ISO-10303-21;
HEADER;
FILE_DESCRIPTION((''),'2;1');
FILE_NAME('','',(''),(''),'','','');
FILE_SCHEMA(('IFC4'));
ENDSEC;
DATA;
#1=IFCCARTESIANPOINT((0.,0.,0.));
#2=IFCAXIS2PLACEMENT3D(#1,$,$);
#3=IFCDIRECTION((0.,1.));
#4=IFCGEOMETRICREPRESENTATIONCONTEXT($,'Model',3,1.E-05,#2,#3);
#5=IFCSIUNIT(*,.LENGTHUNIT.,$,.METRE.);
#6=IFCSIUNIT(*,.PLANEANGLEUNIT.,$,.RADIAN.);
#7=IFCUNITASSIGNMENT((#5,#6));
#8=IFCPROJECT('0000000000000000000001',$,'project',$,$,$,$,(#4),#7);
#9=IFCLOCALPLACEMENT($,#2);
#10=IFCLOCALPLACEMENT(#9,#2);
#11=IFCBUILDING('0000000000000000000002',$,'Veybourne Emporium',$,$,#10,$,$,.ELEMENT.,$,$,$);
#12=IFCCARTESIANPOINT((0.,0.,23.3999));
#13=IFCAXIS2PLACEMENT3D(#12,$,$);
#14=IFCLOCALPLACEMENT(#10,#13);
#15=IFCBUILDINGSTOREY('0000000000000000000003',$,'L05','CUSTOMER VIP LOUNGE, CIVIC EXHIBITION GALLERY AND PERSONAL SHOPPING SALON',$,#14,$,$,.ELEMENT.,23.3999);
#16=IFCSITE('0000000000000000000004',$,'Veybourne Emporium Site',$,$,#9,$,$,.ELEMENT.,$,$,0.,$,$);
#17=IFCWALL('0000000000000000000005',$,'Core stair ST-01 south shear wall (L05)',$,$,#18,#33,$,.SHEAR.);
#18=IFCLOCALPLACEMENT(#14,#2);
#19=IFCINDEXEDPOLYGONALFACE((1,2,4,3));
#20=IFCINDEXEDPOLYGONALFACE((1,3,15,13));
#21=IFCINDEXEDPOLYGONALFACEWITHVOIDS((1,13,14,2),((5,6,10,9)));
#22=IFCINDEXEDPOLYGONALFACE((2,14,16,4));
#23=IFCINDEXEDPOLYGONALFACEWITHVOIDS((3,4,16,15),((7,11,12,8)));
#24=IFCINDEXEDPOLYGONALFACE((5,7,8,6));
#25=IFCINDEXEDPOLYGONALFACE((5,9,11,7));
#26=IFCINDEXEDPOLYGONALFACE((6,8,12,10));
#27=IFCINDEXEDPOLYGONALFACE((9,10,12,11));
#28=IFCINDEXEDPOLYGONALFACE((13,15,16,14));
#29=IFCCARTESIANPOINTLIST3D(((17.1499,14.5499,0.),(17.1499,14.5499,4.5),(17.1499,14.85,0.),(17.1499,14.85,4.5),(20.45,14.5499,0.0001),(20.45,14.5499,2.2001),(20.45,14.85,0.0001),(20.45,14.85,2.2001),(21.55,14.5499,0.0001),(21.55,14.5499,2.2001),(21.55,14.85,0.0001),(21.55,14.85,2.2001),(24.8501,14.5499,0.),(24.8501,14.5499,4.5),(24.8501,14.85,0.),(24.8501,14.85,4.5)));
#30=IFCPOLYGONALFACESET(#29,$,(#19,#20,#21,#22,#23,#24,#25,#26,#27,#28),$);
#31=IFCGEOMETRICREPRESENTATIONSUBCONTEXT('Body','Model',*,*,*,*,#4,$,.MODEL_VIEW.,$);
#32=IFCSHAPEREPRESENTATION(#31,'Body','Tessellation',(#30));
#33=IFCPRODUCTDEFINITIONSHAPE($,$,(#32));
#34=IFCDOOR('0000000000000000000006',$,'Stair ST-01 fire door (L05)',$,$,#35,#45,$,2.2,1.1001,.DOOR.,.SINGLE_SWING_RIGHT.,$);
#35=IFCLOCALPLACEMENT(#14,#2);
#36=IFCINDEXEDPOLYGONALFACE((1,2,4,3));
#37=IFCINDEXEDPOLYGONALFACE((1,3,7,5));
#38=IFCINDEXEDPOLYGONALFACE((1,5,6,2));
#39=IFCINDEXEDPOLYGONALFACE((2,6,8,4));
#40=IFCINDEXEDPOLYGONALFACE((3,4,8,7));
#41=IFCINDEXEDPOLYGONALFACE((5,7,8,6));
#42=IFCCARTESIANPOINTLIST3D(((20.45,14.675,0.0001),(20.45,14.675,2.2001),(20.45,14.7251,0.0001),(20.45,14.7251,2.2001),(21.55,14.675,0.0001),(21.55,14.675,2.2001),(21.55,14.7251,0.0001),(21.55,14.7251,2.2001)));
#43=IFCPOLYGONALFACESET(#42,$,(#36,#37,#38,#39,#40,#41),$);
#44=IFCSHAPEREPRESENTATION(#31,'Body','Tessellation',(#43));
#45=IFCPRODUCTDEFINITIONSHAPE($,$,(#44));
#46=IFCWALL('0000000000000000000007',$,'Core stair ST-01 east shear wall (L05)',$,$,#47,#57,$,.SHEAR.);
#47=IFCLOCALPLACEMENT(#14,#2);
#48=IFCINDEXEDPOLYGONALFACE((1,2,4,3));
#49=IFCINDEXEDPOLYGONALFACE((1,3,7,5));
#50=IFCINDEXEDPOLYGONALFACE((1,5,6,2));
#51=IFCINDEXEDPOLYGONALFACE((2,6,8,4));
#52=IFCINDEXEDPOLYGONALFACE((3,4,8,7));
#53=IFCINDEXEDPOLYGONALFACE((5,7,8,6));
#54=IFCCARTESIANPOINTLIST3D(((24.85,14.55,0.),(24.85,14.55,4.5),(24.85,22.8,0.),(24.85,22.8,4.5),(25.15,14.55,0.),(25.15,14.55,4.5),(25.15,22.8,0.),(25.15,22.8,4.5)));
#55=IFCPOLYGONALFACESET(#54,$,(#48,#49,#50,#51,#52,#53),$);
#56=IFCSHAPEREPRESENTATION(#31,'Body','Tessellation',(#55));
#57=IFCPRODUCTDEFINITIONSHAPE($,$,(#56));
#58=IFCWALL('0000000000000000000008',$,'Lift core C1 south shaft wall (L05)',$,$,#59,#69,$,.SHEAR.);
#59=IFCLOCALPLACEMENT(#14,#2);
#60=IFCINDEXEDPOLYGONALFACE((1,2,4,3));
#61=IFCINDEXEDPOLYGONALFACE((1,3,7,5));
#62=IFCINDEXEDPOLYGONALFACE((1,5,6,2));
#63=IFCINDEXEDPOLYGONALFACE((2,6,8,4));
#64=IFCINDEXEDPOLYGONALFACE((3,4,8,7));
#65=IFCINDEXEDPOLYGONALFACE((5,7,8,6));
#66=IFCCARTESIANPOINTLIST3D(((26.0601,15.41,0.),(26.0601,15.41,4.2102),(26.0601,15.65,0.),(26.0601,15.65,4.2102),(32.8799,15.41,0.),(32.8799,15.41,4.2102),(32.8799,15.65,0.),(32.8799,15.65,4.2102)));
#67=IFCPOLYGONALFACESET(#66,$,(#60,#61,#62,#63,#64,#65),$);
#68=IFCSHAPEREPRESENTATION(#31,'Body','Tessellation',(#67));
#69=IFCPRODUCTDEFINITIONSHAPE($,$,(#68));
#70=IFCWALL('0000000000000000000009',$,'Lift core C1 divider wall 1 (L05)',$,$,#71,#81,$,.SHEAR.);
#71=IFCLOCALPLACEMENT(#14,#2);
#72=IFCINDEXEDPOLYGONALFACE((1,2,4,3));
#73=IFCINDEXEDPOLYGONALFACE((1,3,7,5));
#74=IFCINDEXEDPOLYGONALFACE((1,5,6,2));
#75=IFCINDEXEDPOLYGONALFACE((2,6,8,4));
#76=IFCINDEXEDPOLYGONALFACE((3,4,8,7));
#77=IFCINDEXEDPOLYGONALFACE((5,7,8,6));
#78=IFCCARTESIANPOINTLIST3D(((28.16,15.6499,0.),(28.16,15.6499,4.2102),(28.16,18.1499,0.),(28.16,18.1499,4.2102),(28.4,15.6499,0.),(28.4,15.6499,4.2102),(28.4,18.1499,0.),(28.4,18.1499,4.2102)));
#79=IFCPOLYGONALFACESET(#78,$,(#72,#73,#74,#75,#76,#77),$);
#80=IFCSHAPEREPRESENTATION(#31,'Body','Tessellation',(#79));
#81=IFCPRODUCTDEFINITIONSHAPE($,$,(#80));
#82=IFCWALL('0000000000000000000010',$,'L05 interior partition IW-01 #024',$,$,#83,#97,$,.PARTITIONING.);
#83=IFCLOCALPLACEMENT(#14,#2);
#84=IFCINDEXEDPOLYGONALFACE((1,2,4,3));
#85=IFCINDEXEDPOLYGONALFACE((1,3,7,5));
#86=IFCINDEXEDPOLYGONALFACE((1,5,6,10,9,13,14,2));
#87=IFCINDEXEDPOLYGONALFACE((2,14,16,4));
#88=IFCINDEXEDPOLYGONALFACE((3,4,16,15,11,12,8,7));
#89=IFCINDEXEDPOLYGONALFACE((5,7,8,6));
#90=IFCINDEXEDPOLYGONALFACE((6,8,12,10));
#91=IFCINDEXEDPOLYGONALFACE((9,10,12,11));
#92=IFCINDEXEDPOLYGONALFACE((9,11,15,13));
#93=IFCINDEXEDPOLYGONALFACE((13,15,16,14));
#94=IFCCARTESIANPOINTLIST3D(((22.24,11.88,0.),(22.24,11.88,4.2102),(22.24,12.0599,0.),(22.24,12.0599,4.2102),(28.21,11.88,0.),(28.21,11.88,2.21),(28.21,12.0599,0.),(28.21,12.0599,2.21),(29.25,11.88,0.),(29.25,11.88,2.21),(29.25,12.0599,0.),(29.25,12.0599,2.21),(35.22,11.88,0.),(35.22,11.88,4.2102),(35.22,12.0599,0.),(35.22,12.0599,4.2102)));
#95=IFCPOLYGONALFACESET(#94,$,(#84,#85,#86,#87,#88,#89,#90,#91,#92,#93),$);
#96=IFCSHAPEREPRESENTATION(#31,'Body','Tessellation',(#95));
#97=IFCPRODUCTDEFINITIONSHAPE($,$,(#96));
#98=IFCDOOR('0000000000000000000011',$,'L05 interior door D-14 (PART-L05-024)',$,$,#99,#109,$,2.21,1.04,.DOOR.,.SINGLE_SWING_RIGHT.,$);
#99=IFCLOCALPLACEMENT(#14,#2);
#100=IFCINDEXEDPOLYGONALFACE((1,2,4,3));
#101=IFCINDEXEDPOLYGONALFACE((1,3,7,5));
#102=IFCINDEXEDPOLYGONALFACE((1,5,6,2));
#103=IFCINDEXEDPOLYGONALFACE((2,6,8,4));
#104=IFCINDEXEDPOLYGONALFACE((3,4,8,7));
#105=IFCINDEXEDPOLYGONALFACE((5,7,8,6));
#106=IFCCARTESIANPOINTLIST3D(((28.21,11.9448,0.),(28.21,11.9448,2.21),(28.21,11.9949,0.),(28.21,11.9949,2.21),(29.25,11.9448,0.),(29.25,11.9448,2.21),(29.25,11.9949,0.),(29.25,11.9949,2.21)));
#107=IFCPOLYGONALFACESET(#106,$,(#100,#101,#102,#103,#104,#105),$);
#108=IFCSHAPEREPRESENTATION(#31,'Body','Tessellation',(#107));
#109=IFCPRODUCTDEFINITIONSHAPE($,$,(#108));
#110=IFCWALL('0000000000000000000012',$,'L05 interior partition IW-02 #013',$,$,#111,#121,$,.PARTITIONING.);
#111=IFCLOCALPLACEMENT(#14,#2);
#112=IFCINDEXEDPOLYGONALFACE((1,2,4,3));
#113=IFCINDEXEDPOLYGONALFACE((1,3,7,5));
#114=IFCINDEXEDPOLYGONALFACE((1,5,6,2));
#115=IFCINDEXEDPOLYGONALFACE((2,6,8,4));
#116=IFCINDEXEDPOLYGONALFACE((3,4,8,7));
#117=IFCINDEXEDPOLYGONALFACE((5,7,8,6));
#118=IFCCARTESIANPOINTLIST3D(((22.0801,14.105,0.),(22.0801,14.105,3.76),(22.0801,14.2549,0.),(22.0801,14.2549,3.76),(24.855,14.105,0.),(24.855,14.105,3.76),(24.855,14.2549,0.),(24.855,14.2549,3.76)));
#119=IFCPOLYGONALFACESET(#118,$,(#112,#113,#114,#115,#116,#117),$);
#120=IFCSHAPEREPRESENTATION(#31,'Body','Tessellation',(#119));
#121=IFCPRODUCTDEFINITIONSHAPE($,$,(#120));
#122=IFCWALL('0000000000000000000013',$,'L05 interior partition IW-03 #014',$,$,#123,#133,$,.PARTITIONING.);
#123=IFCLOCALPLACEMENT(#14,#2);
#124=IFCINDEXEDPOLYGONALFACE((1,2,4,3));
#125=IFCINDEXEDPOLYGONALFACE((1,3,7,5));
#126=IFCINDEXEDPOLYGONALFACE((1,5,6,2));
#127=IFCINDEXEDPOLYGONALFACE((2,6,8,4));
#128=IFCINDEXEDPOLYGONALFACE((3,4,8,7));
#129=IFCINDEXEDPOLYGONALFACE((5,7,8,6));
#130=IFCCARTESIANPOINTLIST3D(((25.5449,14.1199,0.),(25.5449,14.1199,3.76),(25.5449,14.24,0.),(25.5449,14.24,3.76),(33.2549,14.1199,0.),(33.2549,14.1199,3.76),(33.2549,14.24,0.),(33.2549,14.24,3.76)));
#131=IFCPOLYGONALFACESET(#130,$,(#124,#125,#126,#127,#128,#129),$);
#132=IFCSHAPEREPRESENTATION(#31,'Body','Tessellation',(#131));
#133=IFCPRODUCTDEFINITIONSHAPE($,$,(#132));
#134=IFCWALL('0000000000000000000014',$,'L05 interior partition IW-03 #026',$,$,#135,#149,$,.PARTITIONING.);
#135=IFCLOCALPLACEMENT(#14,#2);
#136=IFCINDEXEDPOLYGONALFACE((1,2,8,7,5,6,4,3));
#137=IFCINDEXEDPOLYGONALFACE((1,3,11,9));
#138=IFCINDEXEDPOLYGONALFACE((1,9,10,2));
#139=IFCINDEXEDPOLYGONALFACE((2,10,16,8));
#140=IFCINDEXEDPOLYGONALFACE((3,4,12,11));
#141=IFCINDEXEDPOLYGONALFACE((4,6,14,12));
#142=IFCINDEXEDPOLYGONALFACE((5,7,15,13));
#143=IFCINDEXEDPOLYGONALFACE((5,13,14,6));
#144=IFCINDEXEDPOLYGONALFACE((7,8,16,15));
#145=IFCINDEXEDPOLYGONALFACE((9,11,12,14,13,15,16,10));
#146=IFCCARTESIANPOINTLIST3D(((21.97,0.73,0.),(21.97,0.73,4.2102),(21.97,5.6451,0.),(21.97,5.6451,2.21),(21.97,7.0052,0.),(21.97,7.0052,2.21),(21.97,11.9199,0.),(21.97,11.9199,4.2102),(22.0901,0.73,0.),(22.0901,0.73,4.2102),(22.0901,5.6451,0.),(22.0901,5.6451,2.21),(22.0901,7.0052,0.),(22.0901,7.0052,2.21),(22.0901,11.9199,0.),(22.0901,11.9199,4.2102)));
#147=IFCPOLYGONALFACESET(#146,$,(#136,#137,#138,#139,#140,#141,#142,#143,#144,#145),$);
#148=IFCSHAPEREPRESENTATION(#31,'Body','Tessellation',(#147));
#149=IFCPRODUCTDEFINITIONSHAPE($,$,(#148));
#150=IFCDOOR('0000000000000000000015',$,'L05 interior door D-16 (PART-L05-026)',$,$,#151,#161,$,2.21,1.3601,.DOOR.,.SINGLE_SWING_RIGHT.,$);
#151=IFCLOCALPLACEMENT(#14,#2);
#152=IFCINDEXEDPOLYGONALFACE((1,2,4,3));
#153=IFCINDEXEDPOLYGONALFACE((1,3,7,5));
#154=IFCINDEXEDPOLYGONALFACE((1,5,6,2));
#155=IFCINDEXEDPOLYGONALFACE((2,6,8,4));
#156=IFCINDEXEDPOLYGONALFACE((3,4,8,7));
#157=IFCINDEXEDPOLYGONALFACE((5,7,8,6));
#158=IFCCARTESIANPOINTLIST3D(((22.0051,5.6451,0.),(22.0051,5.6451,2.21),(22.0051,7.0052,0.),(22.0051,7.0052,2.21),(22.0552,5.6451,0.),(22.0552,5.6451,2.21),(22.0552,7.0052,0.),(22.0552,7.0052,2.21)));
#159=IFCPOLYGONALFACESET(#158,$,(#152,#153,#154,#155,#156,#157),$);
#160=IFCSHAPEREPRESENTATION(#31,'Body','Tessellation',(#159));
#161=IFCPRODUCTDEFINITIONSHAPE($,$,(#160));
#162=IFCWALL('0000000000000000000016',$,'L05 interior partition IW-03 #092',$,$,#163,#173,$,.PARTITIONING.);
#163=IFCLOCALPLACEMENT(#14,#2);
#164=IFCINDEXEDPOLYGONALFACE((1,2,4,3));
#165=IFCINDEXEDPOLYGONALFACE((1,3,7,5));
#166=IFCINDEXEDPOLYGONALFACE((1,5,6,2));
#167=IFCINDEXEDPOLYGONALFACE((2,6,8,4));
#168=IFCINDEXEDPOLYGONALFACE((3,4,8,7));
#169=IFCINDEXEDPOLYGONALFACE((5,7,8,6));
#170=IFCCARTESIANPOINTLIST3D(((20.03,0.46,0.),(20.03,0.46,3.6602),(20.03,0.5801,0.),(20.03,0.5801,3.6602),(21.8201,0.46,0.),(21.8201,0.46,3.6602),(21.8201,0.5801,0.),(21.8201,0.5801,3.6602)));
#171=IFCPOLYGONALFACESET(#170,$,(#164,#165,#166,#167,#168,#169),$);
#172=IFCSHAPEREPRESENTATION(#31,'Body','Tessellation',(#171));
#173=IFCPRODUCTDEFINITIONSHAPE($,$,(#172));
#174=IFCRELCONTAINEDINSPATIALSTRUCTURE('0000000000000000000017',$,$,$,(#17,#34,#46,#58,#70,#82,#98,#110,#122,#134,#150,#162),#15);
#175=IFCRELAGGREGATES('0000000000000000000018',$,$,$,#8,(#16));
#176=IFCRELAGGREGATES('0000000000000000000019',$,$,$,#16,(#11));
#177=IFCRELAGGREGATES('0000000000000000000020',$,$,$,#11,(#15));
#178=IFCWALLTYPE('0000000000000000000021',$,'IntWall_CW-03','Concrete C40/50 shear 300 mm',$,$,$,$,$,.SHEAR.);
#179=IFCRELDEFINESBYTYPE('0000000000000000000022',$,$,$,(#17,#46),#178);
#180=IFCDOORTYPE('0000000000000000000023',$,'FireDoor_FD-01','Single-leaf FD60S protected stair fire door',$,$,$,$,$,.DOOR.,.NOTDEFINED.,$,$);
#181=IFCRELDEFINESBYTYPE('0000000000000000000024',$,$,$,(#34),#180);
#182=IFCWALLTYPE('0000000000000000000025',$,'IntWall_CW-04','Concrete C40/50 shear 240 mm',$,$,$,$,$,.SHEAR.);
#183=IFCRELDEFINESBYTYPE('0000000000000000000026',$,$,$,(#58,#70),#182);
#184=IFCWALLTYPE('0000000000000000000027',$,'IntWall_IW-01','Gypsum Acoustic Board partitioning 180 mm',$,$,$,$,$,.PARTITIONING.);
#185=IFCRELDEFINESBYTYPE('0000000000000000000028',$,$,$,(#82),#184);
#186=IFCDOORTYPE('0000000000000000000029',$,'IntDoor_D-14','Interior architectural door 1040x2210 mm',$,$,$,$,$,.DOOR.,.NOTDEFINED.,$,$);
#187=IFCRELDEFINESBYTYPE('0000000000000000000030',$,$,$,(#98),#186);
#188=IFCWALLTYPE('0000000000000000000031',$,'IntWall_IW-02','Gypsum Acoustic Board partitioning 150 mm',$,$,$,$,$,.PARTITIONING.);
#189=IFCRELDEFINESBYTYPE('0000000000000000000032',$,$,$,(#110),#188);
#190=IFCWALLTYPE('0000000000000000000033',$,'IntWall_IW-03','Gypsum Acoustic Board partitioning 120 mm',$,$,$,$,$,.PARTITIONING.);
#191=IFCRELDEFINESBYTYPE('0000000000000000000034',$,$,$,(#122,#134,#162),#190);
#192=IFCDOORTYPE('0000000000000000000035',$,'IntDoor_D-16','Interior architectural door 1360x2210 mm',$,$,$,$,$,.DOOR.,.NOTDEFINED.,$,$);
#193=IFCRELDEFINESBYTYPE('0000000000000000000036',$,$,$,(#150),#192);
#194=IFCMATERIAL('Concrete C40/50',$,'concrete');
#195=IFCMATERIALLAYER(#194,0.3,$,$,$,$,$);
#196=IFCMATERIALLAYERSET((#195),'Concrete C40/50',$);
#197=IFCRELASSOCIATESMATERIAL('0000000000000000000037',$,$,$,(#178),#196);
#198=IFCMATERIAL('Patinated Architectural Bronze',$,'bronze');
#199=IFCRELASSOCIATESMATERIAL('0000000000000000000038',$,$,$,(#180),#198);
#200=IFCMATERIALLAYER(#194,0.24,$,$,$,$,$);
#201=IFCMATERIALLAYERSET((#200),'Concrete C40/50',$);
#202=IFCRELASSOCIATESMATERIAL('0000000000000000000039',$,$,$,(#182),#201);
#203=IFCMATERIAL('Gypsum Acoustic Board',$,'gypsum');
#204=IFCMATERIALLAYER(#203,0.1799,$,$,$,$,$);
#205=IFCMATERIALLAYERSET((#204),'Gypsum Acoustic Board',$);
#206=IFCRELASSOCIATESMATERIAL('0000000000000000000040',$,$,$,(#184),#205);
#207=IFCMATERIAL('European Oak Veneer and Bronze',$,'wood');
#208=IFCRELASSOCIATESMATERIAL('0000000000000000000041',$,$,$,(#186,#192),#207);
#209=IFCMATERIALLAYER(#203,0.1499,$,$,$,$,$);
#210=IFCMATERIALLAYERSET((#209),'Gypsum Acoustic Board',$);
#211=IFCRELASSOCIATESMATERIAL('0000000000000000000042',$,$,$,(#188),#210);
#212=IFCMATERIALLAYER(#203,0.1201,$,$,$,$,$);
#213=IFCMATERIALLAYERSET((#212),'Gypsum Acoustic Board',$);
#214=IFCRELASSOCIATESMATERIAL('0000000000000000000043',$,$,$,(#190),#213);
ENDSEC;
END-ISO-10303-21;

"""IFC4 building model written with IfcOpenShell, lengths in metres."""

from ifc_helpers import new_model, si_unit, direction, frame, frame_2d, origin, place, context, subcontext, project, spatial, rectangle, extrude, material, layer, layer_set, type_object, element, fill, save


model = new_model("IFC4")

# Units and contexts
model_context = context("Model", 3, precision=1e-05, world=origin(), true_north=direction((0.0, 1.0)))
body_context = subcontext(model_context, "Body", "Model", "MODEL_VIEW")
ifc_project = project(units=[si_unit("LENGTHUNIT", "METRE"), si_unit("PLANEANGLEUNIT", "RADIAN")], contexts=[model_context])

# Site, building, storey
site_placement = place(None, origin())
site = spatial("IfcSite", under=ifc_project, at=site_placement, Name="Veybourne Emporium Site", CompositionType="ELEMENT", RefElevation=0.0)
building_placement = place(site_placement, origin())
building = spatial("IfcBuilding", under=site, at=building_placement, Name="Veybourne Emporium", CompositionType="ELEMENT")
storey_placement = place(building_placement, frame((0.0, 0.0, 23.3999)))
storey = spatial("IfcBuildingStorey", under=building, at=storey_placement, Name="L05", Description="CUSTOMER VIP LOUNGE, CIVIC EXHIBITION GALLERY AND PERSONAL SHOPPING SALON", CompositionType="ELEMENT", Elevation=23.3999)

# Shared definitions
ifc_material_1 = material(Name="Concrete C40/50", Category="concrete")

# Wall, opening, door
ifc_layer_1 = layer(ifc_material_1, 0.3)
ifc_layer_set_1 = layer_set([ifc_layer_1], Name="Concrete C40/50")
wall_type_1 = type_object("IfcWallType", Name="IntWall_CW-03", Description="Concrete C40/50 shear 300 mm", PredefinedType="SHEAR", material=ifc_layer_set_1)
wall_1_placement = place(storey_placement, frame((24.8501, 14.7, 0.0), z_axis=(0.0, 0.0, 1.0), x_axis=(-1.0, 0.0, 0.0)))
wall_1 = element("IfcWall", 1, at=wall_1_placement, inside=storey, type_object=wall_type_1, Name="Core stair ST-01 south shear wall (L05)", PredefinedType="SHEAR", context=body_context, shape_type="SweptSolid", body=[
    extrude(rectangle(XDim=7.7002, YDim=0.3, at=frame_2d((3.8501, 0.0))), origin(), (0.0, 0.0, 1.0), 4.5),
])
opening_1_placement = place(wall_1_placement, frame((3.3, 0.0, 0.0)))
opening_1 = element("IfcOpeningElement", 2, at=opening_1_placement, cuts=wall_1, PredefinedType="OPENING", context=body_context, shape_type="SweptSolid", body=[
    extrude(rectangle(XDim=1.1001, YDim=2.2, at=frame_2d((0.55, 1.1001))), frame((0.0, 0.1699, 0.0), z_axis=(0.0, -1.0, 0.0), x_axis=(1.0, 0.0, 0.0)), (0.0, 0.0, 1.0), 0.3401),
])
ifc_material_2 = material(Name="Patinated Architectural Bronze", Category="bronze")
door_type_1 = type_object("IfcDoorType", Name="FireDoor_FD-01", Description="Single-leaf FD60S protected stair fire door", OperationType="NOTDEFINED", PredefinedType="DOOR", material=ifc_material_2)
door_1_placement = place(opening_1_placement, origin())
door_1 = element("IfcDoor", 3, at=door_1_placement, inside=storey, type_object=door_type_1, Name="Stair ST-01 fire door (L05)", OperationType="SINGLE_SWING_RIGHT", OverallHeight=2.2, OverallWidth=1.1001, PredefinedType="DOOR", context=body_context, shape_type="SweptSolid", body=[
    extrude(rectangle(XDim=1.1001, YDim=2.2, at=frame_2d((0.55, 1.1001))), frame((0.0, 0.0249, 0.0), z_axis=(0.0, -1.0, 0.0), x_axis=(1.0, 0.0, 0.0)), (0.0, 0.0, 1.0), 0.05),
])
fill(opening_1, door_1)

# Walls
wall_2_placement = place(storey_placement, frame((25.0, 14.55, 0.0), z_axis=(0.0, 0.0, 1.0), x_axis=(0.0, 1.0, 0.0)))
element("IfcWall", 4, at=wall_2_placement, inside=storey, type_object=wall_type_1, Name="Core stair ST-01 east shear wall (L05)", PredefinedType="SHEAR", context=body_context, shape_type="SweptSolid", body=[
    extrude(rectangle(XDim=8.25, YDim=0.3, at=frame_2d((4.125, 0.0))), origin(), (0.0, 0.0, 1.0), 4.5),
])
ifc_layer_2 = layer(ifc_material_1, 0.24)
ifc_layer_set_2 = layer_set([ifc_layer_2], Name="Concrete C40/50")
wall_type_2 = type_object("IfcWallType", Name="IntWall_CW-04", Description="Concrete C40/50 shear 240 mm", PredefinedType="SHEAR", material=ifc_layer_set_2)
wall_3_placement = place(storey_placement, frame((26.0601, 15.53, 0.0), z_axis=(0.0, 0.0, 1.0), x_axis=(1.0, 0.0, 0.0)))
element("IfcWall", 5, at=wall_3_placement, inside=storey, type_object=wall_type_2, Name="Lift core C1 south shaft wall (L05)", PredefinedType="SHEAR", context=body_context, shape_type="SweptSolid", body=[
    extrude(rectangle(XDim=6.8198, YDim=0.24, at=frame_2d((3.4099, 0.0))), origin(), (0.0, 0.0, 1.0), 4.2102),
])
wall_4_placement = place(storey_placement, frame((28.28, 15.6499, 0.0), z_axis=(0.0, 0.0, 1.0), x_axis=(0.0, 1.0, 0.0)))
element("IfcWall", 6, at=wall_4_placement, inside=storey, type_object=wall_type_2, Name="Lift core C1 divider wall 1 (L05)", PredefinedType="SHEAR", context=body_context, shape_type="SweptSolid", body=[
    extrude(rectangle(XDim=2.5, YDim=0.24, at=frame_2d((1.25, 0.0))), origin(), (0.0, 0.0, 1.0), 4.2102),
])

# Wall, opening, door
ifc_material_3 = material(Name="Gypsum Acoustic Board", Category="gypsum")
ifc_layer_3 = layer(ifc_material_3, 0.1799)
ifc_layer_set_3 = layer_set([ifc_layer_3], Name="Gypsum Acoustic Board")
wall_type_3 = type_object("IfcWallType", Name="IntWall_IW-01", Description="Gypsum Acoustic Board partitioning 180 mm", PredefinedType="PARTITIONING", material=ifc_layer_set_3)
wall_5_placement = place(storey_placement, frame((22.24, 11.97, 0.0), z_axis=(0.0, 0.0, 1.0), x_axis=(1.0, 0.0, 0.0)))
wall_5 = element("IfcWall", 7, at=wall_5_placement, inside=storey, type_object=wall_type_3, Name="L05 interior partition IW-01 #024", PredefinedType="PARTITIONING", context=body_context, shape_type="SweptSolid", body=[
    extrude(rectangle(XDim=12.98, YDim=0.1799, at=frame_2d((6.49, 0.0))), origin(), (0.0, 0.0, 1.0), 4.2102),
])
opening_2_placement = place(wall_5_placement, frame((5.97, 0.0, 0.0)))
opening_2 = element("IfcOpeningElement", 8, at=opening_2_placement, cuts=wall_5, PredefinedType="OPENING", context=body_context, shape_type="SweptSolid", body=[
    extrude(rectangle(XDim=1.04, YDim=2.21, at=frame_2d((0.52, 1.105))), frame((0.0, 0.1099, 0.0), z_axis=(0.0, -1.0, 0.0), x_axis=(1.0, 0.0, 0.0)), (0.0, 0.0, 1.0), 0.22),
])
ifc_material_4 = material(Name="European Oak Veneer and Bronze", Category="wood")
door_type_2 = type_object("IfcDoorType", Name="IntDoor_D-14", Description="Interior architectural door 1040x2210 mm", OperationType="NOTDEFINED", PredefinedType="DOOR", material=ifc_material_4)
door_2_placement = place(opening_2_placement, origin())
door_2 = element("IfcDoor", 9, at=door_2_placement, inside=storey, type_object=door_type_2, Name="L05 interior door D-14 (PART-L05-024)", OperationType="SINGLE_SWING_RIGHT", OverallHeight=2.21, OverallWidth=1.04, PredefinedType="DOOR", context=body_context, shape_type="SweptSolid", body=[
    extrude(rectangle(XDim=1.04, YDim=2.21, at=frame_2d((0.52, 1.105))), frame((0.0, 0.0249, 0.0), z_axis=(0.0, -1.0, 0.0), x_axis=(1.0, 0.0, 0.0)), (0.0, 0.0, 1.0), 0.05),
])
fill(opening_2, door_2)

# Walls
ifc_layer_4 = layer(ifc_material_3, 0.1499)
ifc_layer_set_4 = layer_set([ifc_layer_4], Name="Gypsum Acoustic Board")
wall_type_4 = type_object("IfcWallType", Name="IntWall_IW-02", Description="Gypsum Acoustic Board partitioning 150 mm", PredefinedType="PARTITIONING", material=ifc_layer_set_4)
wall_6_placement = place(storey_placement, frame((22.0801, 14.1799, 0.0), z_axis=(0.0, 0.0, 1.0), x_axis=(1.0, 0.0, 0.0)))
element("IfcWall", 10, at=wall_6_placement, inside=storey, type_object=wall_type_4, Name="L05 interior partition IW-02 #013", PredefinedType="PARTITIONING", context=body_context, shape_type="SweptSolid", body=[
    extrude(rectangle(XDim=2.7749, YDim=0.1499, at=frame_2d((1.3875, 0.0))), origin(), (0.0, 0.0, 1.0), 3.76),
])
ifc_layer_5 = layer(ifc_material_3, 0.1201)
ifc_layer_set_5 = layer_set([ifc_layer_5], Name="Gypsum Acoustic Board")
wall_type_5 = type_object("IfcWallType", Name="IntWall_IW-03", Description="Gypsum Acoustic Board partitioning 120 mm", PredefinedType="PARTITIONING", material=ifc_layer_set_5)
wall_7_placement = place(storey_placement, frame((25.5449, 14.1799, 0.0), z_axis=(0.0, 0.0, 1.0), x_axis=(1.0, 0.0, 0.0)))
element("IfcWall", 11, at=wall_7_placement, inside=storey, type_object=wall_type_5, Name="L05 interior partition IW-03 #014", PredefinedType="PARTITIONING", context=body_context, shape_type="SweptSolid", body=[
    extrude(rectangle(XDim=7.71, YDim=0.1201, at=frame_2d((3.855, 0.0))), origin(), (0.0, 0.0, 1.0), 3.76),
])

# Wall, opening, door
wall_8_placement = place(storey_placement, frame((22.03, 0.73, 0.0), z_axis=(0.0, 0.0, 1.0), x_axis=(0.0, 1.0, 0.0)))
wall_8 = element("IfcWall", 12, at=wall_8_placement, inside=storey, type_object=wall_type_5, Name="L05 interior partition IW-03 #026", PredefinedType="PARTITIONING", context=body_context, shape_type="SweptSolid", body=[
    extrude(rectangle(XDim=11.1899, YDim=0.1201, at=frame_2d((5.595, 0.0))), origin(), (0.0, 0.0, 1.0), 4.2102),
])
opening_3_placement = place(wall_8_placement, frame((4.915, 0.0, 0.0)))
opening_3 = element("IfcOpeningElement", 13, at=opening_3_placement, cuts=wall_8, PredefinedType="OPENING", context=body_context, shape_type="SweptSolid", body=[
    extrude(rectangle(XDim=1.3601, YDim=2.21, at=frame_2d((0.6802, 1.105))), frame((0.0, 0.0801, 0.0), z_axis=(0.0, -1.0, 0.0), x_axis=(1.0, 0.0, 0.0)), (0.0, 0.0, 1.0), 0.1602),
])
door_type_3 = type_object("IfcDoorType", Name="IntDoor_D-16", Description="Interior architectural door 1360x2210 mm", OperationType="NOTDEFINED", PredefinedType="DOOR", material=ifc_material_4)
door_3_placement = place(opening_3_placement, origin())
door_3 = element("IfcDoor", 14, at=door_3_placement, inside=storey, type_object=door_type_3, Name="L05 interior door D-16 (PART-L05-026)", OperationType="SINGLE_SWING_RIGHT", OverallHeight=2.21, OverallWidth=1.3601, PredefinedType="DOOR", context=body_context, shape_type="SweptSolid", body=[
    extrude(rectangle(XDim=1.3601, YDim=2.21, at=frame_2d((0.6802, 1.105))), frame((0.0, 0.0249, 0.0), z_axis=(0.0, -1.0, 0.0), x_axis=(1.0, 0.0, 0.0)), (0.0, 0.0, 1.0), 0.05),
])
fill(opening_3, door_3)

# Wall
wall_9_placement = place(storey_placement, frame((20.03, 0.52, 0.0), z_axis=(0.0, 0.0, 1.0), x_axis=(1.0, 0.0, 0.0)))
element("IfcWall", 15, at=wall_9_placement, inside=storey, type_object=wall_type_5, Name="L05 interior partition IW-03 #092", PredefinedType="PARTITIONING", context=body_context, shape_type="SweptSolid", body=[
    extrude(rectangle(XDim=1.79, YDim=0.1201, at=frame_2d((0.895, 0.0))), origin(), (0.0, 0.0, 1.0), 3.6602),
])

save(model, "model.ifc")
